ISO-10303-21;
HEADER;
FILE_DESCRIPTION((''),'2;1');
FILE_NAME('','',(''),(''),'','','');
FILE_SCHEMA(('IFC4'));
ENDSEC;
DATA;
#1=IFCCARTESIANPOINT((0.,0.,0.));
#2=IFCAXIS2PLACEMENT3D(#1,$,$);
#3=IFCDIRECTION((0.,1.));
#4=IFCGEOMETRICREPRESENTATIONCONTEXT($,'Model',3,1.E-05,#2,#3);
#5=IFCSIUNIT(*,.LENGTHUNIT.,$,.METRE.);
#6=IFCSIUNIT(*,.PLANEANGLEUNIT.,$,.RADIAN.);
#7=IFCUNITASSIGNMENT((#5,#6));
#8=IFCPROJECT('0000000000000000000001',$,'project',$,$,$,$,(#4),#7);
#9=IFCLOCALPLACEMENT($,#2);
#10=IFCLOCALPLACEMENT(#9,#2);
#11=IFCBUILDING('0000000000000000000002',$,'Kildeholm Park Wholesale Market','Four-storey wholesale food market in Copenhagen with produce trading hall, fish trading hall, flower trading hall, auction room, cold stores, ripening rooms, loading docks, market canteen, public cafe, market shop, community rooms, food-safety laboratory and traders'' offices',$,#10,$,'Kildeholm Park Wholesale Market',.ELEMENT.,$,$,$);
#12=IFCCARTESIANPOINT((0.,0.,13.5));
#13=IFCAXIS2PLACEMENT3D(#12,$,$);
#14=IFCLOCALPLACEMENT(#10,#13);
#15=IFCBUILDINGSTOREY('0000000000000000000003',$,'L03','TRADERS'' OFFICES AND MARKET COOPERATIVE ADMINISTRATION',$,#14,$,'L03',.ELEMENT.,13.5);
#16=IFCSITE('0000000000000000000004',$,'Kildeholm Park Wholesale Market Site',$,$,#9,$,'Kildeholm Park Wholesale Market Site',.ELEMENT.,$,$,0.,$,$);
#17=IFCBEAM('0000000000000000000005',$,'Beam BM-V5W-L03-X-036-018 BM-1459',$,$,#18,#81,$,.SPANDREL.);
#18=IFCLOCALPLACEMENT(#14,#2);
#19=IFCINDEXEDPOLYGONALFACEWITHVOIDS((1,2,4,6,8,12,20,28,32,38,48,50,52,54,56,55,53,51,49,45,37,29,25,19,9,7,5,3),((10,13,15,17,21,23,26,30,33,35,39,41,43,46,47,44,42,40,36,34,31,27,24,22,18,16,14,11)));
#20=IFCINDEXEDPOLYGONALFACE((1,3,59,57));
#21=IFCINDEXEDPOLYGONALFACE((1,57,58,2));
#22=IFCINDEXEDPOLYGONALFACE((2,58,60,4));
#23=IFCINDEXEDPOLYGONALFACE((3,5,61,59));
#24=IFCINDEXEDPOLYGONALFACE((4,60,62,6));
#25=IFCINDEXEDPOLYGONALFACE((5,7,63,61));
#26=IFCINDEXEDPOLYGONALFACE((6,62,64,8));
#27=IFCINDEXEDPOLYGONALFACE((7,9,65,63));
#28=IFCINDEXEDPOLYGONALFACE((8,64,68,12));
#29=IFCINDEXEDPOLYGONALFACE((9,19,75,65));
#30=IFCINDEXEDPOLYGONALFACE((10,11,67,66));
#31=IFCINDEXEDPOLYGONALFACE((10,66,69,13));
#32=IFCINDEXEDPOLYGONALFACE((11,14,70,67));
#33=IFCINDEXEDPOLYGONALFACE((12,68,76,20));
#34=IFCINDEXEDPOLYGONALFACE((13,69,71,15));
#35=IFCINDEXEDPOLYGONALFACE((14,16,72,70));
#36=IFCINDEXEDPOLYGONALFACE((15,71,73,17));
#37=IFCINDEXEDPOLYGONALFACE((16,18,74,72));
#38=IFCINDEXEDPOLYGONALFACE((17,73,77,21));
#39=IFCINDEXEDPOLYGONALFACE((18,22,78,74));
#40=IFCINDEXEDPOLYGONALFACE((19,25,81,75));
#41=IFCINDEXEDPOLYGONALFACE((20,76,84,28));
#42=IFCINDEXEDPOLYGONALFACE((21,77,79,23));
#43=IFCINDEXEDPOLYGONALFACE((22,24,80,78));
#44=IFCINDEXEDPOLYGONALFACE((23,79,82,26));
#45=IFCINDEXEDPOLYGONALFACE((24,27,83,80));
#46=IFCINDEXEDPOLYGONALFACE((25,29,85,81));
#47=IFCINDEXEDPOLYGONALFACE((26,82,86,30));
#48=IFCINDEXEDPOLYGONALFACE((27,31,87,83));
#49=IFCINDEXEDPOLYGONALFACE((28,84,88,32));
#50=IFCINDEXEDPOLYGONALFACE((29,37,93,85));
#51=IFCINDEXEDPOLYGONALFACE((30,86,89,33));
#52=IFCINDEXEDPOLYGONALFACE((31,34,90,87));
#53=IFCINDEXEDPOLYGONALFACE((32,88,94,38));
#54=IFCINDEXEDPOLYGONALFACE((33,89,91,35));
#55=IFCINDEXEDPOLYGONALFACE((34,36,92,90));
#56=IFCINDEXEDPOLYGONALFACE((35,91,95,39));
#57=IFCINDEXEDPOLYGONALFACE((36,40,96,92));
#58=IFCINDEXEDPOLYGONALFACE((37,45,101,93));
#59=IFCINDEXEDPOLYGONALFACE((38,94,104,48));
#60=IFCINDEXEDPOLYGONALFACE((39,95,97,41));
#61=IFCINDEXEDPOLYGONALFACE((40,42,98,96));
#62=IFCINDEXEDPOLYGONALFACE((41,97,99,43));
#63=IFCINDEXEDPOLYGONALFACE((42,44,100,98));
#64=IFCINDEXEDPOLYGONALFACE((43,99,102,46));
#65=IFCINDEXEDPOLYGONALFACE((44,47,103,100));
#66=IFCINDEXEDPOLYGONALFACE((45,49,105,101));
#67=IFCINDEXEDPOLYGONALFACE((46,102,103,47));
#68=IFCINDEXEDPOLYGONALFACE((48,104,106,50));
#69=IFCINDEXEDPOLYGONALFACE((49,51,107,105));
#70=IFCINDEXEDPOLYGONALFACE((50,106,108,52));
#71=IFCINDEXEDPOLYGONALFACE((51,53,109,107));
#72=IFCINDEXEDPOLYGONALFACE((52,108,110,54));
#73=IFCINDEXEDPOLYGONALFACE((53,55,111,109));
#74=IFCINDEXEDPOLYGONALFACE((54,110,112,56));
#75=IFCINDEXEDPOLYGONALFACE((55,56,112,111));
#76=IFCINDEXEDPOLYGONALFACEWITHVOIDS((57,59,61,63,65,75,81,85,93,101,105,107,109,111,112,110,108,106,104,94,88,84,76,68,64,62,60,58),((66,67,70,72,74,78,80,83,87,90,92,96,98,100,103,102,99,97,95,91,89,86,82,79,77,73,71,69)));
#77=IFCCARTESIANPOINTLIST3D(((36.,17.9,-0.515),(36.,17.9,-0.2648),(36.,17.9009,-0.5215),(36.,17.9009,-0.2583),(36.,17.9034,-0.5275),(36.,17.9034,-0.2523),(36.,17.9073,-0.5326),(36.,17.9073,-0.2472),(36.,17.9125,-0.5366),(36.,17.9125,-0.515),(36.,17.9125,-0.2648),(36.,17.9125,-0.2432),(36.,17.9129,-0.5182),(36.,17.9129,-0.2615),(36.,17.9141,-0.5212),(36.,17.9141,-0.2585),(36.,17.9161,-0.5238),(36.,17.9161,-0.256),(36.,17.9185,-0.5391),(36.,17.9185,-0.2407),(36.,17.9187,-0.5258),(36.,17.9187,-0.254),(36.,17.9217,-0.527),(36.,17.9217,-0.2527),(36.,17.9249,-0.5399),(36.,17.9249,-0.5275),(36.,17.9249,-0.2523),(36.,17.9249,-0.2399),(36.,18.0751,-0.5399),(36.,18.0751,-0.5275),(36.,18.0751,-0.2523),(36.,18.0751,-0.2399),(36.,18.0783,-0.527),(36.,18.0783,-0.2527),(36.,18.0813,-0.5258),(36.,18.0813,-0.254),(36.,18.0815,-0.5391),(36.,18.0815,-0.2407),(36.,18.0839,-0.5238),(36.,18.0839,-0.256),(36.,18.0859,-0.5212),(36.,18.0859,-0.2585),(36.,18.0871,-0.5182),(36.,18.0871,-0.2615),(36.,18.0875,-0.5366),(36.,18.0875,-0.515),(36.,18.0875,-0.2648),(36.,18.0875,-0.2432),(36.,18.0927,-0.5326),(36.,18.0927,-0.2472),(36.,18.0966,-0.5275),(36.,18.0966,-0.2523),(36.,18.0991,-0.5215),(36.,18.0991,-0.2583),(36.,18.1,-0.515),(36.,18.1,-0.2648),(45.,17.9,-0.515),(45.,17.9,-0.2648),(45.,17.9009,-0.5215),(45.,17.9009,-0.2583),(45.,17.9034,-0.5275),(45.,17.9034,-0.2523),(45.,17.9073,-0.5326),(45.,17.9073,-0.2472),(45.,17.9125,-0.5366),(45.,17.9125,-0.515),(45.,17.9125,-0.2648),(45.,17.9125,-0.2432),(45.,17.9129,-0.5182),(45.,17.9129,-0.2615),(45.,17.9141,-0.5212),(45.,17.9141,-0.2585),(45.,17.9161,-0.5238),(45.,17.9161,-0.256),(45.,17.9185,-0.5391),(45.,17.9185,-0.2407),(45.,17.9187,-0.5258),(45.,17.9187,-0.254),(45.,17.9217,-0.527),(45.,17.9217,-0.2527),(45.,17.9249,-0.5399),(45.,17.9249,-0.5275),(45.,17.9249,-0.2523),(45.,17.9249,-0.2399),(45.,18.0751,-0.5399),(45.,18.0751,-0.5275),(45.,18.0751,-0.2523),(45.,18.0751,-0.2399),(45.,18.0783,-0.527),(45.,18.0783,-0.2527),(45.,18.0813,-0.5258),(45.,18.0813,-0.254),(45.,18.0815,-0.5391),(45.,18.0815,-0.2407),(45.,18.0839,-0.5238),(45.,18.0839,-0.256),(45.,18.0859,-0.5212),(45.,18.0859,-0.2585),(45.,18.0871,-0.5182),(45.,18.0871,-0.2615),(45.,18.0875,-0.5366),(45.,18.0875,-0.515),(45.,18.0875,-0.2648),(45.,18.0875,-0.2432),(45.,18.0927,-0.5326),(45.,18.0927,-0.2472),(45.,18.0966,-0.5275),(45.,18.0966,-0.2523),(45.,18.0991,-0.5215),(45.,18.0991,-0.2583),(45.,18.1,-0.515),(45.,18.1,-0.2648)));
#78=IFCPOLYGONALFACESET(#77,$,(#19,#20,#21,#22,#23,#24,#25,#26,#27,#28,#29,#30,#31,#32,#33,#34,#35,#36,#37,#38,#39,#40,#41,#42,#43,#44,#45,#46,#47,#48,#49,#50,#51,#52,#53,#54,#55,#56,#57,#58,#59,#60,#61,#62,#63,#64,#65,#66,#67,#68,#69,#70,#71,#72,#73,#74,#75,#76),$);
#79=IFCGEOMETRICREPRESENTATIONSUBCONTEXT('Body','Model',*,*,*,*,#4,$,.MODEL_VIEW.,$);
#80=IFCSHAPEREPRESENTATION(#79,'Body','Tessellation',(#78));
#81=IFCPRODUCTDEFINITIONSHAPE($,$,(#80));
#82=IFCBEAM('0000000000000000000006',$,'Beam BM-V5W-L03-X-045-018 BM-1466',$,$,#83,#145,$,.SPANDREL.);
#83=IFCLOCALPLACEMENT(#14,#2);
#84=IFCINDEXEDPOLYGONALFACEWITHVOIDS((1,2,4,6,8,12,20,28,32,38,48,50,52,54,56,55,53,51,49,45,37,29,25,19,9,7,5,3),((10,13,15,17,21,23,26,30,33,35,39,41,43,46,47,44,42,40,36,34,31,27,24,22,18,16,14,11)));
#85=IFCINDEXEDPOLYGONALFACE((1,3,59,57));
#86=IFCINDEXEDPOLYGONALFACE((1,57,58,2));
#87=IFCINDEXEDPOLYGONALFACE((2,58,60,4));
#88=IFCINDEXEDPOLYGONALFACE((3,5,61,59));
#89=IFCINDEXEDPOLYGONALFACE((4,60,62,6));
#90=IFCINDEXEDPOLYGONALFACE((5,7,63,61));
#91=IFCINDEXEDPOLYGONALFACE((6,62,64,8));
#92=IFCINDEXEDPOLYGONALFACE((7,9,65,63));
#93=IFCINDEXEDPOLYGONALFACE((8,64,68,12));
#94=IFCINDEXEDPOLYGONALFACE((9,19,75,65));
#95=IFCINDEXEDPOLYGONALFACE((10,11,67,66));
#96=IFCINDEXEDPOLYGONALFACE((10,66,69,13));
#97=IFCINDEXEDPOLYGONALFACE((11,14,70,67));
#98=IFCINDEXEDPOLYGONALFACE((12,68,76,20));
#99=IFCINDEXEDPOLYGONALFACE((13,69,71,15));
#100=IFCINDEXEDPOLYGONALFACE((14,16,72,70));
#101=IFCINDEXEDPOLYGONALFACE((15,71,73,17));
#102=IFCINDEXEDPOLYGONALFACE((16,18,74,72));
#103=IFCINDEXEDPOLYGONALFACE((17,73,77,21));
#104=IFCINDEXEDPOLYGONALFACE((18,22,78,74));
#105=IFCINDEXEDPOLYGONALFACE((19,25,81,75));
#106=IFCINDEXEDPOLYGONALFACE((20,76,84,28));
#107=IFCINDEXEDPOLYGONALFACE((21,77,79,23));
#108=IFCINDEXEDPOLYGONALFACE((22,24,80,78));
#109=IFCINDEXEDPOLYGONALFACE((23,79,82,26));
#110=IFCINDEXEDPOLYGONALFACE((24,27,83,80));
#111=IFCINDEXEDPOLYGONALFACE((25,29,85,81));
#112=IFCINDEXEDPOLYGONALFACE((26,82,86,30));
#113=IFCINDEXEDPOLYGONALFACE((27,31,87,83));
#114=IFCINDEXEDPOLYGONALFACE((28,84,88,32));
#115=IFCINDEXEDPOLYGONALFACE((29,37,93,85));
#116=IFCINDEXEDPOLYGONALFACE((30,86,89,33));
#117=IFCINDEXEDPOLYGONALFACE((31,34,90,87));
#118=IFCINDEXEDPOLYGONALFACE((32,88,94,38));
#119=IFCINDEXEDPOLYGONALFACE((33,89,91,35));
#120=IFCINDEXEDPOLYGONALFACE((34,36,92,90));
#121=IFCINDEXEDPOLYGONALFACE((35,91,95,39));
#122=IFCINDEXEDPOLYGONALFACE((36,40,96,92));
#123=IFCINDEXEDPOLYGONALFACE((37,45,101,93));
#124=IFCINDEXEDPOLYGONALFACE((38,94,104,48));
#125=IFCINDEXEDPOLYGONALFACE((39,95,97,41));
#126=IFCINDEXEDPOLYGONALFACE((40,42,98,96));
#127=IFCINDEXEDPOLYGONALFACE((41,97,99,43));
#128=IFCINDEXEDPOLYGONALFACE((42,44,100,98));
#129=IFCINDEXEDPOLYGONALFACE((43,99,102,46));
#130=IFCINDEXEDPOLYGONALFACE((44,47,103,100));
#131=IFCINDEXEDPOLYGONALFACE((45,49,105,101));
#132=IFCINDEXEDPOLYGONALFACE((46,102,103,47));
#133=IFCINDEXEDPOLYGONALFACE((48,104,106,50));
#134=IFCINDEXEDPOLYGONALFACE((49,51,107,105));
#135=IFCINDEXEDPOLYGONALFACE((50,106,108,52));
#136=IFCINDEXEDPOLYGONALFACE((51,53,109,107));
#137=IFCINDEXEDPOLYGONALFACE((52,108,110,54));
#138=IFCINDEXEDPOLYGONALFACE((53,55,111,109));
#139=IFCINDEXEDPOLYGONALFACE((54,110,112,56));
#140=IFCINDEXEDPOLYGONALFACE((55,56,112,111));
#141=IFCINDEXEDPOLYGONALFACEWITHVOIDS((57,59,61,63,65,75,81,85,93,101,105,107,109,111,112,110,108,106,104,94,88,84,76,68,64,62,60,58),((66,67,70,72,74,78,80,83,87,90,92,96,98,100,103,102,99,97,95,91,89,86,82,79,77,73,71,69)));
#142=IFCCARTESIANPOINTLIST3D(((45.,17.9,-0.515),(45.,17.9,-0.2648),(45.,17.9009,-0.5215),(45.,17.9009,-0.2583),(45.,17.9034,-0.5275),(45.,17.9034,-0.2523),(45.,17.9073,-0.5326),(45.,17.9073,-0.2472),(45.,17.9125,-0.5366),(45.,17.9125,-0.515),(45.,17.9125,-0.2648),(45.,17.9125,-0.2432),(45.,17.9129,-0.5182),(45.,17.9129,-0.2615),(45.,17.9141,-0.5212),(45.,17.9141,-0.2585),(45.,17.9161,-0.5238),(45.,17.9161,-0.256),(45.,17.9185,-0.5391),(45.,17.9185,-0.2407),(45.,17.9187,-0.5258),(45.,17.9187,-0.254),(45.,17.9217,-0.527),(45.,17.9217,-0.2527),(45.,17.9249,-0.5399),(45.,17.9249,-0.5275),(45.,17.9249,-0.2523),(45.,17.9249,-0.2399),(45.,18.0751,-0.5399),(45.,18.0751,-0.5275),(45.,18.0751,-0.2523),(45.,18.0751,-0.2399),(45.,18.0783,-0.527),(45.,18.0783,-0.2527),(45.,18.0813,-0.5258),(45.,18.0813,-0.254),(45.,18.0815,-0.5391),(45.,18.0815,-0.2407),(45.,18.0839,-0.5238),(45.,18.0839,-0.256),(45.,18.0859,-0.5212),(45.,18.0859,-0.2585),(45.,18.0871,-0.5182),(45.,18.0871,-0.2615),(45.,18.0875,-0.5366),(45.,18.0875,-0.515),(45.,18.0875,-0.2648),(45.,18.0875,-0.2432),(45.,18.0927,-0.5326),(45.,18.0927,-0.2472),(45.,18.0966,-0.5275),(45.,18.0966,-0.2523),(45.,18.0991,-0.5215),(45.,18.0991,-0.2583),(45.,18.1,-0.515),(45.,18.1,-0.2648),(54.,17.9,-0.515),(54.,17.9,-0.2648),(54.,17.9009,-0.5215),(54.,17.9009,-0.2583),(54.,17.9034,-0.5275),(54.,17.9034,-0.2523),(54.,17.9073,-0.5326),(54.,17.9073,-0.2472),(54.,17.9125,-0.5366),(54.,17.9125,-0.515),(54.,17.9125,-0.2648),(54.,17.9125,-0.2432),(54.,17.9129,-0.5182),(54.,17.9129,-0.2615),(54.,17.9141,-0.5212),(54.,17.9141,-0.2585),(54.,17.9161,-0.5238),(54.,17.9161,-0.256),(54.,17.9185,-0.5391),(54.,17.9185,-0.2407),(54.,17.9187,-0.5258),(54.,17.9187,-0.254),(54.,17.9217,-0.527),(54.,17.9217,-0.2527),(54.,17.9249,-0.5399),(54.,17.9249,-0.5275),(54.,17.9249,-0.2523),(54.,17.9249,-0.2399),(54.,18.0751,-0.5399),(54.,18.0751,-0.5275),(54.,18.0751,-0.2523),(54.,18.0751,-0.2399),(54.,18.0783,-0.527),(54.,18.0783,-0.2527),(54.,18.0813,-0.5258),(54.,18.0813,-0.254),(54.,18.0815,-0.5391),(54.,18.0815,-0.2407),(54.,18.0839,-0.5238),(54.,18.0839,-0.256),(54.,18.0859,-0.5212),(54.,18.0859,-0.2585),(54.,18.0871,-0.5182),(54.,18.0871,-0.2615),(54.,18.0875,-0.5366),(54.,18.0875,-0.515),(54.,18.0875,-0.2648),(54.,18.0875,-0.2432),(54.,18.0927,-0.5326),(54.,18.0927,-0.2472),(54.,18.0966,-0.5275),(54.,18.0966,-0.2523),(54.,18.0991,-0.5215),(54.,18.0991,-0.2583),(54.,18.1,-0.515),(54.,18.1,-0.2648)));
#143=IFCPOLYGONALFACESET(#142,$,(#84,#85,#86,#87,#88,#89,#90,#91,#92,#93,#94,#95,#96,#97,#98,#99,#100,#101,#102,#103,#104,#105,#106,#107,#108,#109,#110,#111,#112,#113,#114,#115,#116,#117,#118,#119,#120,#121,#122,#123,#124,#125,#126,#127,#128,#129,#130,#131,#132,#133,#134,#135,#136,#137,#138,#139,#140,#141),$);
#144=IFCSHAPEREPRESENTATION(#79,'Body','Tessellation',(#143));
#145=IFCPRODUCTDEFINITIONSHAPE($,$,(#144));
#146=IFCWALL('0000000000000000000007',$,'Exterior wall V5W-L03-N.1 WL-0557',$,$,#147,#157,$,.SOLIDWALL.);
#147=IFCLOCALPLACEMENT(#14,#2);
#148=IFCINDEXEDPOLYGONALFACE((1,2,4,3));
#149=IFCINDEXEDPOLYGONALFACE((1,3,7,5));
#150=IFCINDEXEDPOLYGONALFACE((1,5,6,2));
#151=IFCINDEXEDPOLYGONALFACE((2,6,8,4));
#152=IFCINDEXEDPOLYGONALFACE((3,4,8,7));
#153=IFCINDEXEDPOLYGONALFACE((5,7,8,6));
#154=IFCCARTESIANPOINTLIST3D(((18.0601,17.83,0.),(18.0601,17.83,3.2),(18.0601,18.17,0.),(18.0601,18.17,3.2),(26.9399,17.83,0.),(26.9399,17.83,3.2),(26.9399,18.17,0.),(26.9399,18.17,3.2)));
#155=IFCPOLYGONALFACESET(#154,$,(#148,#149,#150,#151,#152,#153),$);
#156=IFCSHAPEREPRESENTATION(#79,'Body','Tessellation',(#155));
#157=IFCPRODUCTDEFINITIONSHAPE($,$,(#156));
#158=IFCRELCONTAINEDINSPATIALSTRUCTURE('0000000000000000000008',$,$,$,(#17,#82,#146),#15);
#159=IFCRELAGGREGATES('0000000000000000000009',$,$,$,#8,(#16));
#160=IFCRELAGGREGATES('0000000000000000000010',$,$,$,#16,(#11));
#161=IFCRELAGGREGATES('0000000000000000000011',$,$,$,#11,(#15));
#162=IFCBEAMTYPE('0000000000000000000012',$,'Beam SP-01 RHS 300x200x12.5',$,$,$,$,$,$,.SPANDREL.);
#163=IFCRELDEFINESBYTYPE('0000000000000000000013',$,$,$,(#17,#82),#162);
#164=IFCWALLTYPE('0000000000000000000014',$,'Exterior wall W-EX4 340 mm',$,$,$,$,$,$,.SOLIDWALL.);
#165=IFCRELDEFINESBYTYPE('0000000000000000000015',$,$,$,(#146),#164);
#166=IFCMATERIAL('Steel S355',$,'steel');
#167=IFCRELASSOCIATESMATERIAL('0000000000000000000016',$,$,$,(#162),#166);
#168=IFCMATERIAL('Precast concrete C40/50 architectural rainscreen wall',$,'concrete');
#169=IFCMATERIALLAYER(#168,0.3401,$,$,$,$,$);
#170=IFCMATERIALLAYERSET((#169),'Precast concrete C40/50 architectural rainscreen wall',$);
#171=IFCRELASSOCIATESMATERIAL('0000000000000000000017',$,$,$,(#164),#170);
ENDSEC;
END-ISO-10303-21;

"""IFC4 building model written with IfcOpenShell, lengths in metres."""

from ifc_helpers import new_model, si_unit, direction, frame, frame_2d, origin, origin_2d, place, context, subcontext, project, spatial, rectangle, hollow_rectangle, extrude, material, layer, layer_set, material_profile, profile_set, type_object, element, save


model = new_model("IFC4")

# Units and contexts
model_context = context("Model", 3, precision=1e-05, world=origin(), true_north=direction((0.0, 1.0)))
body_context = subcontext(model_context, "Body", "Model", "MODEL_VIEW")
ifc_project = project(units=[si_unit("LENGTHUNIT", "METRE"), si_unit("PLANEANGLEUNIT", "RADIAN")], contexts=[model_context])

# Site, building, storey
site_placement = place(None, origin())
site = spatial("IfcSite", under=ifc_project, at=site_placement, Name="Kildeholm Park Wholesale Market Site", LongName="Kildeholm Park Wholesale Market Site", CompositionType="ELEMENT", RefElevation=0.0)
building_placement = place(site_placement, origin())
building = spatial("IfcBuilding", under=site, at=building_placement, Name="Kildeholm Park Wholesale Market", Description="Four-storey wholesale food market in Copenhagen with produce trading hall, fish trading hall, flower trading hall, auction room, cold stores, ripening rooms, loading docks, market canteen, public cafe, market shop, community rooms, food-safety laboratory and traders' offices", LongName="Kildeholm Park Wholesale Market", CompositionType="ELEMENT")
storey_placement = place(building_placement, frame((0.0, 0.0, 13.5)))
storey = spatial("IfcBuildingStorey", under=building, at=storey_placement, Name="L03", Description="TRADERS' OFFICES AND MARKET COOPERATIVE ADMINISTRATION", LongName="L03", CompositionType="ELEMENT", Elevation=13.5)

# Shared definitions
ifc_material_1 = material(Name="Steel S355", Category="steel")

# Beams
ifc_material_profile_1 = material_profile(ifc_material_1, hollow_rectangle(XDim=0.2, YDim=0.3, WallThickness=0.0125, InnerFilletRadius=0.0125, OuterFilletRadius=0.0249, at=origin_2d()), Name="RHS 300x200x12.5")
ifc_profile_set_1 = profile_set([ifc_material_profile_1], Name="Steel S355")
beam_type = type_object("IfcBeamType", Name="Beam SP-01 RHS 300x200x12.5", PredefinedType="SPANDREL", material=ifc_profile_set_1)
for number, where, z_axis, x_axis, name in (
    (1, (36.0, 18.0, -0.3899), (1.0, 0.0, 0.0), (0.0, 1.0, 0.0), "Beam BM-V5W-L03-X-036-018 BM-1459"),
    (2, (45.0, 18.0, -0.3899), (1.0, 0.0, 0.0), (0.0, 1.0, 0.0), "Beam BM-V5W-L03-X-045-018 BM-1466"),
):
    element("IfcBeam", number, at=place(storey_placement, frame(where, z_axis=z_axis, x_axis=x_axis)), inside=storey, type_object=beam_type, Name=name, PredefinedType="SPANDREL", context=body_context, shape_type="SweptSolid", body=[
        extrude(hollow_rectangle(XDim=0.2, YDim=0.3, WallThickness=0.0125, InnerFilletRadius=0.0125, OuterFilletRadius=0.0249, at=origin_2d()), origin(), (0.0, 0.0, 1.0), 9.0),
    ])

# Wall
ifc_material_2 = material(Name="Precast concrete C40/50 architectural rainscreen wall", Category="concrete")
ifc_layer_1 = layer(ifc_material_2, 0.3401)
ifc_layer_set_1 = layer_set([ifc_layer_1], Name="Precast concrete C40/50 architectural rainscreen wall")
wall_type_1 = type_object("IfcWallType", Name="Exterior wall W-EX4 340 mm", PredefinedType="SOLIDWALL", material=ifc_layer_set_1)
wall_1_placement = place(storey_placement, frame((18.0601, 18.0, 0.0), z_axis=(0.0, 0.0, 1.0), x_axis=(1.0, 0.0, 0.0)))
element("IfcWall", 3, at=wall_1_placement, inside=storey, type_object=wall_type_1, Name="Exterior wall V5W-L03-N.1 WL-0557", PredefinedType="SOLIDWALL", context=body_context, shape_type="SweptSolid", body=[
    extrude(rectangle(XDim=8.8799, YDim=0.3401, at=frame_2d((4.4399, 0.0))), origin(), (0.0, 0.0, 1.0), 3.2),
])

save(model, "model.ifc")
